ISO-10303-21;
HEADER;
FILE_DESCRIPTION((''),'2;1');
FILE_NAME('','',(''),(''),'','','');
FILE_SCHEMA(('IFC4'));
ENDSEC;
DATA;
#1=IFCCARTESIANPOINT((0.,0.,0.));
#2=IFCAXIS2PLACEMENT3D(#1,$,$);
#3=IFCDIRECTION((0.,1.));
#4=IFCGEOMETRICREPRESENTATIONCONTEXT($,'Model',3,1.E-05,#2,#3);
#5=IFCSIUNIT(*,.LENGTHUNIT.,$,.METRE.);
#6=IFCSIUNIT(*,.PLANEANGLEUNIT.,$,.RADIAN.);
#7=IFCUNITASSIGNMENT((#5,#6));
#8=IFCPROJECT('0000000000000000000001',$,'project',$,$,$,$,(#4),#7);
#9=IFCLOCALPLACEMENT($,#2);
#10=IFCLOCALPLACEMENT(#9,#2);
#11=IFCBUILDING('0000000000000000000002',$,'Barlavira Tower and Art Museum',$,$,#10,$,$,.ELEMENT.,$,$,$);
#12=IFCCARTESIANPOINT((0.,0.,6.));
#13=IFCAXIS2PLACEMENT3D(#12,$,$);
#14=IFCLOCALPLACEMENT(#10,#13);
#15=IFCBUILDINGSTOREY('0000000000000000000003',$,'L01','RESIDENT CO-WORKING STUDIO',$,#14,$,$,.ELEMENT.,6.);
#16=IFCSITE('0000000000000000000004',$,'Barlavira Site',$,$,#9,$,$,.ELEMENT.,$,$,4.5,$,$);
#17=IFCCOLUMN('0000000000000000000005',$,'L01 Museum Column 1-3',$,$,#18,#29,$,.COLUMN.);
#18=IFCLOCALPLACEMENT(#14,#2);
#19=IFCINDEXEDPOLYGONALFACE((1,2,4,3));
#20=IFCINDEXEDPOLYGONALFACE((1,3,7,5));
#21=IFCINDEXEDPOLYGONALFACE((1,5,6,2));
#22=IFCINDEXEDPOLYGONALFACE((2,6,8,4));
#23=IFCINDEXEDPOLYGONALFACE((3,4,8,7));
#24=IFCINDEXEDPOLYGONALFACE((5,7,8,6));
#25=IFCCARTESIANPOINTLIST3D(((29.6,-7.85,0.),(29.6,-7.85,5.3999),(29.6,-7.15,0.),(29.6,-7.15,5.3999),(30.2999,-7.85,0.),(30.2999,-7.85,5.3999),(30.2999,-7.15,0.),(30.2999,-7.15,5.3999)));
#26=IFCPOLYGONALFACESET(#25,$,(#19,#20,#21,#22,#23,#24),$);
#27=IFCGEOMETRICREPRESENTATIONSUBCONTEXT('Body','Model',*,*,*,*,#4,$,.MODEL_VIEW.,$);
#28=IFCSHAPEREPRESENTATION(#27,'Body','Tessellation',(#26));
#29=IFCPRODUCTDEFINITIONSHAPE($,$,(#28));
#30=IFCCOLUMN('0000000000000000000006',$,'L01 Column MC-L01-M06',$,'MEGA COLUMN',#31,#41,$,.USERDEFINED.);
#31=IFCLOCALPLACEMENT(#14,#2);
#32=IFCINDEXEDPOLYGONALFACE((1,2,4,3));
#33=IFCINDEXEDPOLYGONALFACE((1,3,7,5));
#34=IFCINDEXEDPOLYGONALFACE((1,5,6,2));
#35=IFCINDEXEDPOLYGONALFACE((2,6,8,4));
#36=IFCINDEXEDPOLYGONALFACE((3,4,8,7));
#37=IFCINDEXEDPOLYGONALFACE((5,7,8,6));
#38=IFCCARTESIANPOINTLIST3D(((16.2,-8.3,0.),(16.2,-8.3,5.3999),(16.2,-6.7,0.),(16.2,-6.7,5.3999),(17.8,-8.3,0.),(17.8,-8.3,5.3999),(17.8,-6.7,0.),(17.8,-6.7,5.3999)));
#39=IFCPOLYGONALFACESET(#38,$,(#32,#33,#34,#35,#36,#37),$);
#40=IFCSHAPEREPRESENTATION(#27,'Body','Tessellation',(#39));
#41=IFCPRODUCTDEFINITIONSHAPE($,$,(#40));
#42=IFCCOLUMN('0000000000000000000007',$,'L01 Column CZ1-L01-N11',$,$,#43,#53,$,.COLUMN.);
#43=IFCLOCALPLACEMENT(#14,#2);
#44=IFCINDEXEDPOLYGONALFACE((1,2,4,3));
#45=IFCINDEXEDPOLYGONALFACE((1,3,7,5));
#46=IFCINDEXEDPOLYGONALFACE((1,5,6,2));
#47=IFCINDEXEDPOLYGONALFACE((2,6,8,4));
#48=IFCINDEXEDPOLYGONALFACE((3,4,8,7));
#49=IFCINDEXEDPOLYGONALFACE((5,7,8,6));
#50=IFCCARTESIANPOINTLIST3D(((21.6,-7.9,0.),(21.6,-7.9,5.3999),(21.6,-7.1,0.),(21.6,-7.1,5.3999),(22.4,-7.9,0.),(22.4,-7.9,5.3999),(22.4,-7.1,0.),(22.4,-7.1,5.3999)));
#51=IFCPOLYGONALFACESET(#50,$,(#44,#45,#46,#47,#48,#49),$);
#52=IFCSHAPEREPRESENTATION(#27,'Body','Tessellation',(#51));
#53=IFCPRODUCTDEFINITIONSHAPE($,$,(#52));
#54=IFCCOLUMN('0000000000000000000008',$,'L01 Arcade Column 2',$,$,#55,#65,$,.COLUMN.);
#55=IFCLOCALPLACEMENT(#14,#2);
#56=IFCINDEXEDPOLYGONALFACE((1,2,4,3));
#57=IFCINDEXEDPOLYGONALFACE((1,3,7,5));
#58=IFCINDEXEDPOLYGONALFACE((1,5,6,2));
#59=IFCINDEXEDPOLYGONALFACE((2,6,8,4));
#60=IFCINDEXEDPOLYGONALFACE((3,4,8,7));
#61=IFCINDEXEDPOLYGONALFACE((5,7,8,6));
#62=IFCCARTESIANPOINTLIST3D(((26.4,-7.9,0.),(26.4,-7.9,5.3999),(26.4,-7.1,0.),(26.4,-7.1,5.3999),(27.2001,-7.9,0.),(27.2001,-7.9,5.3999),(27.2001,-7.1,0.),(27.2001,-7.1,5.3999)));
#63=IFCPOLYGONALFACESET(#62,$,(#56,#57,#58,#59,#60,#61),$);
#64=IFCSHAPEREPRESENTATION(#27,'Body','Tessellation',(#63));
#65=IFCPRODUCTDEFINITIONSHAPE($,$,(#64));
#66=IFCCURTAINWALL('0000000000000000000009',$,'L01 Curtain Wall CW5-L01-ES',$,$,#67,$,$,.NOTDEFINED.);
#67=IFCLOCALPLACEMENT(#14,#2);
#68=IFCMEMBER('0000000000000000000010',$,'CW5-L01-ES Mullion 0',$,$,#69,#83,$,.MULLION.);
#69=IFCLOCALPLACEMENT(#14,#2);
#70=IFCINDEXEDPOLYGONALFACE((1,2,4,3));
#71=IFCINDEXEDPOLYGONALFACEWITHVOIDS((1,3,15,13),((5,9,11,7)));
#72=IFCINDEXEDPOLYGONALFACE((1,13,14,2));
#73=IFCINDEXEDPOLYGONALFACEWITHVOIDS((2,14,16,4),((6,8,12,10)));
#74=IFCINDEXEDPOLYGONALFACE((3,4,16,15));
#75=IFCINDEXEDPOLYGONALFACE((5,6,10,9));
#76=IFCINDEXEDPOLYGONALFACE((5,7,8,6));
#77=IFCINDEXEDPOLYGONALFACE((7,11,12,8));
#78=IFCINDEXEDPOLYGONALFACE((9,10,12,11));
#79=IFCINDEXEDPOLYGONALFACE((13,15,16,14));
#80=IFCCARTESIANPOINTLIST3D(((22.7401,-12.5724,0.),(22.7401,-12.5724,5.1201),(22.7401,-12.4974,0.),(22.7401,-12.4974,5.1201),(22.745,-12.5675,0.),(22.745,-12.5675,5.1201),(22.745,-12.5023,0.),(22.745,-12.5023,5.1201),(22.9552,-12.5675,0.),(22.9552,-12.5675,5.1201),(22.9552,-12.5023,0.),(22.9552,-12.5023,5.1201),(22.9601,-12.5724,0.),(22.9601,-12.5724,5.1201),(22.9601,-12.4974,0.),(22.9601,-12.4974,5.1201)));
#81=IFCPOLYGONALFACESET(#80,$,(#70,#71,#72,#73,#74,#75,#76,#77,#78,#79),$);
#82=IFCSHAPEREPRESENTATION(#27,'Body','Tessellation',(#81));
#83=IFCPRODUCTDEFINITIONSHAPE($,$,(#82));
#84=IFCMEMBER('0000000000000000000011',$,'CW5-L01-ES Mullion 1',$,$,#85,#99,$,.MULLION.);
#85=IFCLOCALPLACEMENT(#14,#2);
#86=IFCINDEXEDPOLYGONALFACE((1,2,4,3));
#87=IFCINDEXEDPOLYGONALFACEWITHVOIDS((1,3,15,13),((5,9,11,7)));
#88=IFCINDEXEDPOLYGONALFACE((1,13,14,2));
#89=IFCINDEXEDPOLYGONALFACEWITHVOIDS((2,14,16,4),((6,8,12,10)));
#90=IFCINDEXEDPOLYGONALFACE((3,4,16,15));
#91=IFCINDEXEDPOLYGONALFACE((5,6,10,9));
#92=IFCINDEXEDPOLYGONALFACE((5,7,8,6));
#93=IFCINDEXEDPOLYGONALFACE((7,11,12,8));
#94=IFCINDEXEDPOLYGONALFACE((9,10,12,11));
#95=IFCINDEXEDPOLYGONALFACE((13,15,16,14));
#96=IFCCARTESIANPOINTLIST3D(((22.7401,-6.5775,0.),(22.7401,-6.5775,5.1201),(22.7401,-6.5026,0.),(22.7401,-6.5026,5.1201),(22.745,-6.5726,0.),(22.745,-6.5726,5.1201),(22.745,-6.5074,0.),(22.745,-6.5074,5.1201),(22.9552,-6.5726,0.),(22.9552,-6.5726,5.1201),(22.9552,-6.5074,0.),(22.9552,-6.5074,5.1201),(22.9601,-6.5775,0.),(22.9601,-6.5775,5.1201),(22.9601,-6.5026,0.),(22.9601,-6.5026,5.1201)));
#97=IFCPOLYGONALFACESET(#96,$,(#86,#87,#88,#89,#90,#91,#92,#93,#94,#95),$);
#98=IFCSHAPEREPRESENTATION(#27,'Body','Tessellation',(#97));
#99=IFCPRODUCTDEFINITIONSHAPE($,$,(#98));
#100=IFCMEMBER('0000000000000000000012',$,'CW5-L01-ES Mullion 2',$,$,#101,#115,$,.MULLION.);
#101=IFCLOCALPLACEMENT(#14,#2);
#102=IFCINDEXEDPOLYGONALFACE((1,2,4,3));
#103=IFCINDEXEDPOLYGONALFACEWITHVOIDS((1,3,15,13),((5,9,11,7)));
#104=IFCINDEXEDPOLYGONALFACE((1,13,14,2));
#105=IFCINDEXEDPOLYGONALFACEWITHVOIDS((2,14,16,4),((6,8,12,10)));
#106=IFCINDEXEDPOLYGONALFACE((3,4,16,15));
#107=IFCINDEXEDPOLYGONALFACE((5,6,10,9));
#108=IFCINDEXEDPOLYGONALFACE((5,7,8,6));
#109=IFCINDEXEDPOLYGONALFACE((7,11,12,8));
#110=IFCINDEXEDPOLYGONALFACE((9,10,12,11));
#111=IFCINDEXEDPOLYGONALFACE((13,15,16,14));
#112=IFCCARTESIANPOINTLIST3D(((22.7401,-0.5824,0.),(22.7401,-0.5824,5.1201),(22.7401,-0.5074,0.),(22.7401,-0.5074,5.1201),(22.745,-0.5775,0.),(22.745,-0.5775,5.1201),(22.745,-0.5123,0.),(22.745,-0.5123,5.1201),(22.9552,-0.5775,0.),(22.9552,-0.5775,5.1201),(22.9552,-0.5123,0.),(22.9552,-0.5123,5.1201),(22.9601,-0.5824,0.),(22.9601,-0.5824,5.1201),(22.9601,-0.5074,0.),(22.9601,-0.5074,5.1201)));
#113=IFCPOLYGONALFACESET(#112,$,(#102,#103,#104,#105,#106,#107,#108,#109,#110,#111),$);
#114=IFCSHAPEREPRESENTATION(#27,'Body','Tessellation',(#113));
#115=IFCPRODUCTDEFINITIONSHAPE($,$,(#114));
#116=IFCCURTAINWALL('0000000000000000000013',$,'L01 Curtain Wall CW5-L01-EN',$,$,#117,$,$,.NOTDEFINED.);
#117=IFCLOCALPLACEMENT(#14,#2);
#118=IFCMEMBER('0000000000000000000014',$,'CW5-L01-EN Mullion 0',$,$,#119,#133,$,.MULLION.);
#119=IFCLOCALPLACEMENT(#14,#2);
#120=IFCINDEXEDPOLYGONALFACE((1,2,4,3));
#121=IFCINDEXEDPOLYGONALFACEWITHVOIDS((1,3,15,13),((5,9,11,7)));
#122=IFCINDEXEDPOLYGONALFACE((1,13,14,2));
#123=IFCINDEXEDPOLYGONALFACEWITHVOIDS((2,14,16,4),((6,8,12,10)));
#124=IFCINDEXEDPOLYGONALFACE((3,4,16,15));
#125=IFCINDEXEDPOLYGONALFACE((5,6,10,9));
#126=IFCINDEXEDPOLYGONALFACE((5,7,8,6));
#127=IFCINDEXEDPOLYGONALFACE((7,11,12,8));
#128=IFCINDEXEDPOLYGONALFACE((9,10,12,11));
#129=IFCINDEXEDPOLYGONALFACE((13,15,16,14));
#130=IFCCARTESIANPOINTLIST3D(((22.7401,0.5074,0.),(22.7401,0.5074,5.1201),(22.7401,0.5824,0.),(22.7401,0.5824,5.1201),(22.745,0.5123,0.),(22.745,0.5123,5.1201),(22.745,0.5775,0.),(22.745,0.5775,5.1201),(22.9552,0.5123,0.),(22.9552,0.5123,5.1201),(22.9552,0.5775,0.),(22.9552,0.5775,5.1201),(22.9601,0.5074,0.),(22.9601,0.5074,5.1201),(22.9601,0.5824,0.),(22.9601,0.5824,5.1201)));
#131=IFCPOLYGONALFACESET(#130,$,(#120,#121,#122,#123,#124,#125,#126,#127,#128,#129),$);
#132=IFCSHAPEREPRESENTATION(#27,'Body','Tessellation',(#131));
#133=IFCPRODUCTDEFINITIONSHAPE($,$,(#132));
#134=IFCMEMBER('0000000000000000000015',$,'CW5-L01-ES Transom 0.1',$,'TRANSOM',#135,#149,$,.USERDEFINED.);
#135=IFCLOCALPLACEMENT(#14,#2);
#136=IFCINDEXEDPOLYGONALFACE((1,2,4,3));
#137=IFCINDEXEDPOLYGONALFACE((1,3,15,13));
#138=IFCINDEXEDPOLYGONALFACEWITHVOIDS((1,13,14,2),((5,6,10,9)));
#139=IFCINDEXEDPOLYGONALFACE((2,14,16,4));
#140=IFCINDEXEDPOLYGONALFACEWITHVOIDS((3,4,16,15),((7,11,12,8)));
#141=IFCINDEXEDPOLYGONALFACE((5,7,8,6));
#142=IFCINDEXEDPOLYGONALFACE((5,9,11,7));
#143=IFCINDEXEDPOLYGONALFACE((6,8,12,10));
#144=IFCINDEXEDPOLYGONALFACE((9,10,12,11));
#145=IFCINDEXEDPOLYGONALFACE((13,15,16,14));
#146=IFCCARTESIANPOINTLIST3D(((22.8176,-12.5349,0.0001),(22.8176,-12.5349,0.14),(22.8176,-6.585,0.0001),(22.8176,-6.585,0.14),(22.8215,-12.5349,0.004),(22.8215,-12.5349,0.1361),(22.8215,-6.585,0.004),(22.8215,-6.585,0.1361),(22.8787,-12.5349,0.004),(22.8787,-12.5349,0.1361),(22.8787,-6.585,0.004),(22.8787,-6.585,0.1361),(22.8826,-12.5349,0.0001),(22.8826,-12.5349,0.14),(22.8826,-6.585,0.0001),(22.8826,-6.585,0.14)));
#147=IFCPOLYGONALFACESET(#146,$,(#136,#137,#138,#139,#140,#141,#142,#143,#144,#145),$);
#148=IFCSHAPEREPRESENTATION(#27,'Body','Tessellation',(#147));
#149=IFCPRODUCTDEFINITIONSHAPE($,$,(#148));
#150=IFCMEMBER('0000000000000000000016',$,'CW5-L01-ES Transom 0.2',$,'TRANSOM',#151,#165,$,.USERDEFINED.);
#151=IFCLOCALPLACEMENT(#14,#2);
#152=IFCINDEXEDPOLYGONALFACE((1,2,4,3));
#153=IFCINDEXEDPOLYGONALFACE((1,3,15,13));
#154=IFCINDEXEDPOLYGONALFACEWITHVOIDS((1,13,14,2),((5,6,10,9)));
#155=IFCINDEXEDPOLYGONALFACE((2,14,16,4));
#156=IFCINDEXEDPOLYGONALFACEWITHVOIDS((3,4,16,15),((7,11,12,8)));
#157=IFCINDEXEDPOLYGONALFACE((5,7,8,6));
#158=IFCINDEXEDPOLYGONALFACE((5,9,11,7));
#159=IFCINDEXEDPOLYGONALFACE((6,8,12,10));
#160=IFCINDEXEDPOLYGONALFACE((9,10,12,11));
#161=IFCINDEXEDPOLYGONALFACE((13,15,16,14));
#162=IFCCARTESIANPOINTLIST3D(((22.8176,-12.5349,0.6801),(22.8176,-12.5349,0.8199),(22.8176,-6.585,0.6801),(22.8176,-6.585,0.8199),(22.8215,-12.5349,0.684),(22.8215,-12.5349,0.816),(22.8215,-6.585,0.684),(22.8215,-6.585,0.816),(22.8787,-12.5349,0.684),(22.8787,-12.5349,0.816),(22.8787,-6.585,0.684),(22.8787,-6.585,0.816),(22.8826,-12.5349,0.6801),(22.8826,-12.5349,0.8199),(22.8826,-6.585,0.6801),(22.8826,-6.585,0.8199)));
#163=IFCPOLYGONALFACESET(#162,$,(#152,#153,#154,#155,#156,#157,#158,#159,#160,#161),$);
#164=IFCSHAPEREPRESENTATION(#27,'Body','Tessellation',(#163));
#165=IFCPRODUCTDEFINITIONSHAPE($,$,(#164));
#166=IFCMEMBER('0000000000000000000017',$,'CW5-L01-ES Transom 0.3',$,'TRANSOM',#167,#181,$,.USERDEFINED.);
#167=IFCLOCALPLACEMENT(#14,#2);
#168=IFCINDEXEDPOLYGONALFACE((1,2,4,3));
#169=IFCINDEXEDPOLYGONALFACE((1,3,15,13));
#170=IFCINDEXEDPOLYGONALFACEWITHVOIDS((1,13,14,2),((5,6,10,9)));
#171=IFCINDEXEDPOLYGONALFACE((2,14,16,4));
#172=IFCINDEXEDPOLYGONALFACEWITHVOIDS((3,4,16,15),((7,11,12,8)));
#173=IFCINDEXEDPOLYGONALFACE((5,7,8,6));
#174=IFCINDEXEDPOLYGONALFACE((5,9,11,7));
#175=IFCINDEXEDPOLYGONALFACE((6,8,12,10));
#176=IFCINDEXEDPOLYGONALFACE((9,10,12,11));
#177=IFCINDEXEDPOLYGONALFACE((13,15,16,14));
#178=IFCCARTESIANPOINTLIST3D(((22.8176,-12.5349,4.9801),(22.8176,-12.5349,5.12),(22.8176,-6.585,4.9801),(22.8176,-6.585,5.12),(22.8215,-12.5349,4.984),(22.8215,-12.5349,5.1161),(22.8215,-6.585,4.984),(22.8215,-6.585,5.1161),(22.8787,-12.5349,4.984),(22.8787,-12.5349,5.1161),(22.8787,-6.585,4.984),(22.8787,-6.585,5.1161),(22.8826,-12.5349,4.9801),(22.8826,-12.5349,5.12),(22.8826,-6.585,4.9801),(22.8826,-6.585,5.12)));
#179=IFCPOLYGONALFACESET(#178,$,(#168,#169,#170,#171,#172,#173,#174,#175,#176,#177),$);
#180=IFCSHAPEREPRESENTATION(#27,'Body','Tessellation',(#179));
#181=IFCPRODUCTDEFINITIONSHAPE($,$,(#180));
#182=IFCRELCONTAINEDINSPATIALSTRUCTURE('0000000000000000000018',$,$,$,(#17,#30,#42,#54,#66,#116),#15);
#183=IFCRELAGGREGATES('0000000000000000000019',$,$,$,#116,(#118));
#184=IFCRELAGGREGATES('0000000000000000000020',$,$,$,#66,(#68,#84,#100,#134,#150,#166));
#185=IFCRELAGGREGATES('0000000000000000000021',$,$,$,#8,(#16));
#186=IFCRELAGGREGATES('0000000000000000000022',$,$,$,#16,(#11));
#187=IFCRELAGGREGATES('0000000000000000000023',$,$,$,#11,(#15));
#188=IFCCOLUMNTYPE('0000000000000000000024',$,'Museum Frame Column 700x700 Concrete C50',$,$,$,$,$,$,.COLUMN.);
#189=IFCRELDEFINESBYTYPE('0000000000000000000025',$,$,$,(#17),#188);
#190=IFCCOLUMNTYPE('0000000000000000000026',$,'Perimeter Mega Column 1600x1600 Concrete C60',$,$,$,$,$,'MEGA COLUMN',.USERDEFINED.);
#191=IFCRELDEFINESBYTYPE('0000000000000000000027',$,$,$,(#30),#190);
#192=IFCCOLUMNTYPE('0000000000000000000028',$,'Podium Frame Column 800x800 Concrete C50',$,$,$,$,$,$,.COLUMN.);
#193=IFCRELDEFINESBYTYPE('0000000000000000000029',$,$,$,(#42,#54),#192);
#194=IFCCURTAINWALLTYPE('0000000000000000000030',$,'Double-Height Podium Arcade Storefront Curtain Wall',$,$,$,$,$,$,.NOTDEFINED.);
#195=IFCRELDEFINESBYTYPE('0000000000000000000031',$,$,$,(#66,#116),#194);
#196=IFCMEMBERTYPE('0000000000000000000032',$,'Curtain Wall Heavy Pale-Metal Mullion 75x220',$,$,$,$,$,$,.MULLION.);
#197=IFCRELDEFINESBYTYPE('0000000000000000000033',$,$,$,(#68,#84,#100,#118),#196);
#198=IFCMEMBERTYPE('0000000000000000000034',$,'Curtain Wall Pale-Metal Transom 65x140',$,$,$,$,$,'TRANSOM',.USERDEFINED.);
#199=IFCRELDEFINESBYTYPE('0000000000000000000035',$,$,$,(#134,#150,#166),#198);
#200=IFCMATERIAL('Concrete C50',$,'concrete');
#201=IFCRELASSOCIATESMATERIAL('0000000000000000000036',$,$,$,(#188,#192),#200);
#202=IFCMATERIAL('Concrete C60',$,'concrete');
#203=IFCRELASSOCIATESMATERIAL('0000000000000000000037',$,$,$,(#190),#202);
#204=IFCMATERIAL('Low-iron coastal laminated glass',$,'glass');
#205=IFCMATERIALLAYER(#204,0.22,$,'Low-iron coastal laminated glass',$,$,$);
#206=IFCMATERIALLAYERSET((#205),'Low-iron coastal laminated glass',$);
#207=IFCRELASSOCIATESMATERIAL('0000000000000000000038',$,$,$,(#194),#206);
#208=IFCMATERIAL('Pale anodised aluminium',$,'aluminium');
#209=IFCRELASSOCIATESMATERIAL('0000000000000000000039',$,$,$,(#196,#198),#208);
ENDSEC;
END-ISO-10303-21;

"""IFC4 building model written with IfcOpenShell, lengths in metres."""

from ifc_helpers import new_model, si_unit, direction, frame, origin, origin_2d, place, context, subcontext, project, spatial, rectangle, hollow_rectangle, extrude, material, layer, layer_set, material_profile, profile_set, type_object, element, aggregate, save


model = new_model("IFC4")

# Units and contexts
model_context = context("Model", 3, precision=1e-05, world=origin(), true_north=direction((0.0, 1.0)))
body_context = subcontext(model_context, "Body", "Model", "MODEL_VIEW")
ifc_project = project(units=[si_unit("LENGTHUNIT", "METRE"), si_unit("PLANEANGLEUNIT", "RADIAN")], contexts=[model_context])

# Site, building, storey
site_placement = place(None, origin())
site = spatial("IfcSite", under=ifc_project, at=site_placement, Name="Barlavira Site", CompositionType="ELEMENT", RefElevation=4.5)
building_placement = place(site_placement, origin())
building = spatial("IfcBuilding", under=site, at=building_placement, Name="Barlavira Tower and Art Museum", CompositionType="ELEMENT")
storey_placement = place(building_placement, frame((0.0, 0.0, 6.0)))
storey = spatial("IfcBuildingStorey", under=building, at=storey_placement, Name="L01", Description="RESIDENT CO-WORKING STUDIO", CompositionType="ELEMENT", Elevation=6.0)

# Columns
ifc_material_1 = material(Name="Concrete C50", Category="concrete")
ifc_material_profile_1 = material_profile(ifc_material_1, rectangle(XDim=0.7, YDim=0.7, at=origin_2d()), Name="RC-COL 700x700")
ifc_profile_set_1 = profile_set([ifc_material_profile_1], Name="Concrete C50")
column_type_1 = type_object("IfcColumnType", Name="Museum Frame Column 700x700 Concrete C50", PredefinedType="COLUMN", material=ifc_profile_set_1)
column_1_placement = place(storey_placement, frame((29.95, -7.5, 0.0), z_axis=(0.0, 0.0, 1.0), x_axis=(1.0, 0.0, 0.0)))
element("IfcColumn", 1, at=column_1_placement, inside=storey, type_object=column_type_1, Name="L01 Museum Column 1-3", PredefinedType="COLUMN", context=body_context, shape_type="SweptSolid", body=[
    extrude(rectangle(XDim=0.7, YDim=0.7, at=origin_2d()), origin(), (0.0, 0.0, 1.0), 5.3999),
])
ifc_material_2 = material(Name="Concrete C60", Category="concrete")
ifc_material_profile_2 = material_profile(ifc_material_2, rectangle(XDim=1.6001, YDim=1.6001, at=origin_2d()), Name="RC-MCOL 1600x1600")
ifc_profile_set_2 = profile_set([ifc_material_profile_2], Name="Concrete C60")
column_type_2 = type_object("IfcColumnType", Name="Perimeter Mega Column 1600x1600 Concrete C60", ElementType="MEGA COLUMN", PredefinedType="USERDEFINED", material=ifc_profile_set_2)
column_2_placement = place(storey_placement, frame((17.0, -7.5, 0.0), z_axis=(0.0, 0.0, 1.0), x_axis=(1.0, 0.0, 0.0)))
element("IfcColumn", 2, at=column_2_placement, inside=storey, type_object=column_type_2, Name="L01 Column MC-L01-M06", ObjectType="MEGA COLUMN", PredefinedType="USERDEFINED", context=body_context, shape_type="SweptSolid", body=[
    extrude(rectangle(XDim=1.6001, YDim=1.6001, at=origin_2d()), origin(), (0.0, 0.0, 1.0), 5.3999),
])
ifc_material_profile_3 = material_profile(ifc_material_1, rectangle(XDim=0.8, YDim=0.8, at=origin_2d()), Name="RC-COL 800x800")
ifc_profile_set_3 = profile_set([ifc_material_profile_3], Name="Concrete C50")
column_type_3 = type_object("IfcColumnType", Name="Podium Frame Column 800x800 Concrete C50", PredefinedType="COLUMN", material=ifc_profile_set_3)
for number, where, z_axis, x_axis, name in (
    (3, (22.0, -7.5, 0.0), (0.0, 0.0, 1.0), (1.0, 0.0, 0.0), "L01 Column CZ1-L01-N11"),
    (4, (26.8, -7.5, 0.0), (0.0, 0.0, 1.0), (1.0, 0.0, 0.0), "L01 Arcade Column 2"),
):
    element("IfcColumn", number, at=place(storey_placement, frame(where, z_axis=z_axis, x_axis=x_axis)), inside=storey, type_object=column_type_3, Name=name, PredefinedType="COLUMN", context=body_context, shape_type="SweptSolid", body=[
        extrude(rectangle(XDim=0.8, YDim=0.8, at=origin_2d()), origin(), (0.0, 0.0, 1.0), 5.3999),
    ])

# Curtain wall, members
ifc_material_3 = material(Name="Low-iron coastal laminated glass", Category="glass")
ifc_layer_1 = layer(ifc_material_3, 0.22, Name="Low-iron coastal laminated glass")
ifc_layer_set_1 = layer_set([ifc_layer_1], Name="Low-iron coastal laminated glass")
curtain_wall_type = type_object("IfcCurtainWallType", Name="Double-Height Podium Arcade Storefront Curtain Wall", PredefinedType="NOTDEFINED", material=ifc_layer_set_1)
curtain_wall_1_placement = place(storey_placement, origin())
curtain_wall_1 = element("IfcCurtainWall", 5, at=curtain_wall_1_placement, inside=storey, type_object=curtain_wall_type, Name="L01 Curtain Wall CW5-L01-ES", PredefinedType="NOTDEFINED")
ifc_material_4 = material(Name="Pale anodised aluminium", Category="aluminium")
ifc_material_profile_4 = material_profile(ifc_material_4, hollow_rectangle(XDim=0.075, YDim=0.22, WallThickness=0.0049, at=origin_2d()), Name="ALU-MULL 75x220x5")
ifc_profile_set_4 = profile_set([ifc_material_profile_4], Name="Pale anodised aluminium")
member_type_1 = type_object("IfcMemberType", Name="Curtain Wall Heavy Pale-Metal Mullion 75x220", PredefinedType="MULLION", material=ifc_profile_set_4)
member_1_placement = place(storey_placement, frame((22.8501, -12.5349, 0.0), z_axis=(0.0, 0.0, 1.0), x_axis=(0.0, 1.0, 0.0)))
member_1 = element("IfcMember", 6, at=member_1_placement, type_object=member_type_1, Name="CW5-L01-ES Mullion 0", PredefinedType="MULLION", context=body_context, shape_type="SweptSolid", body=[
    extrude(hollow_rectangle(XDim=0.075, YDim=0.22, WallThickness=0.0049, at=origin_2d()), origin(), (0.0, 0.0, 1.0), 5.1201),
])
member_2_placement = place(storey_placement, frame((22.8501, -6.54, 0.0), z_axis=(0.0, 0.0, 1.0), x_axis=(0.0, 1.0, 0.0)))
member_2 = element("IfcMember", 7, at=member_2_placement, type_object=member_type_1, Name="CW5-L01-ES Mullion 1", PredefinedType="MULLION", context=body_context, shape_type="SweptSolid", body=[
    extrude(hollow_rectangle(XDim=0.075, YDim=0.22, WallThickness=0.0049, at=origin_2d()), origin(), (0.0, 0.0, 1.0), 5.1201),
])
member_3_placement = place(storey_placement, frame((22.8501, -0.5449, 0.0), z_axis=(0.0, 0.0, 1.0), x_axis=(0.0, 1.0, 0.0)))
member_3 = element("IfcMember", 8, at=member_3_placement, type_object=member_type_1, Name="CW5-L01-ES Mullion 2", PredefinedType="MULLION", context=body_context, shape_type="SweptSolid", body=[
    extrude(hollow_rectangle(XDim=0.075, YDim=0.22, WallThickness=0.0049, at=origin_2d()), origin(), (0.0, 0.0, 1.0), 5.1201),
])

# Curtain wall, member
curtain_wall_2_placement = place(storey_placement, origin())
curtain_wall_2 = element("IfcCurtainWall", 9, at=curtain_wall_2_placement, inside=storey, type_object=curtain_wall_type, Name="L01 Curtain Wall CW5-L01-EN", PredefinedType="NOTDEFINED")
member_4_placement = place(storey_placement, frame((22.8501, 0.5449, 0.0), z_axis=(0.0, 0.0, 1.0), x_axis=(0.0, 1.0, 0.0)))
member_4 = element("IfcMember", 10, at=member_4_placement, type_object=member_type_1, Name="CW5-L01-EN Mullion 0", PredefinedType="MULLION", context=body_context, shape_type="SweptSolid", body=[
    extrude(hollow_rectangle(XDim=0.075, YDim=0.22, WallThickness=0.0049, at=origin_2d()), origin(), (0.0, 0.0, 1.0), 5.1201),
])

# Members
ifc_material_profile_5 = material_profile(ifc_material_4, hollow_rectangle(XDim=0.0649, YDim=0.1399, WallThickness=0.0039, at=origin_2d()), Name="ALU-TRAN 65x140x4")
ifc_profile_set_5 = profile_set([ifc_material_profile_5], Name="Pale anodised aluminium")
member_type_2 = type_object("IfcMemberType", Name="Curtain Wall Pale-Metal Transom 65x140", ElementType="TRANSOM", PredefinedType="USERDEFINED", material=ifc_profile_set_5)
member_5_placement = place(storey_placement, frame((22.8501, -12.5349, 0.0701), z_axis=(0.0, 1.0, 0.0), x_axis=(-1.0, 0.0, 0.0)))
member_5 = element("IfcMember", 11, at=member_5_placement, type_object=member_type_2, Name="CW5-L01-ES Transom 0.1", ObjectType="TRANSOM", PredefinedType="USERDEFINED", context=body_context, shape_type="SweptSolid", body=[
    extrude(hollow_rectangle(XDim=0.0649, YDim=0.1399, WallThickness=0.0039, at=origin_2d()), origin(), (0.0, 0.0, 1.0), 5.95),
])
member_6_placement = place(storey_placement, frame((22.8501, -12.5349, 0.75), z_axis=(0.0, 1.0, 0.0), x_axis=(-1.0, 0.0, 0.0)))
member_6 = element("IfcMember", 12, at=member_6_placement, type_object=member_type_2, Name="CW5-L01-ES Transom 0.2", ObjectType="TRANSOM", PredefinedType="USERDEFINED", context=body_context, shape_type="SweptSolid", body=[
    extrude(hollow_rectangle(XDim=0.0649, YDim=0.1399, WallThickness=0.0039, at=origin_2d()), origin(), (0.0, 0.0, 1.0), 5.95),
])
member_7_placement = place(storey_placement, frame((22.8501, -12.5349, 5.05), z_axis=(0.0, 1.0, 0.0), x_axis=(-1.0, 0.0, 0.0)))
member_7 = element("IfcMember", 13, at=member_7_placement, type_object=member_type_2, Name="CW5-L01-ES Transom 0.3", ObjectType="TRANSOM", PredefinedType="USERDEFINED", context=body_context, shape_type="SweptSolid", body=[
    extrude(hollow_rectangle(XDim=0.0649, YDim=0.1399, WallThickness=0.0039, at=origin_2d()), origin(), (0.0, 0.0, 1.0), 5.95),
])
aggregate(curtain_wall_2, [member_4])

aggregate(curtain_wall_1, [member_1, member_2, member_3, member_5, member_6, member_7])

save(model, "model.ifc")
